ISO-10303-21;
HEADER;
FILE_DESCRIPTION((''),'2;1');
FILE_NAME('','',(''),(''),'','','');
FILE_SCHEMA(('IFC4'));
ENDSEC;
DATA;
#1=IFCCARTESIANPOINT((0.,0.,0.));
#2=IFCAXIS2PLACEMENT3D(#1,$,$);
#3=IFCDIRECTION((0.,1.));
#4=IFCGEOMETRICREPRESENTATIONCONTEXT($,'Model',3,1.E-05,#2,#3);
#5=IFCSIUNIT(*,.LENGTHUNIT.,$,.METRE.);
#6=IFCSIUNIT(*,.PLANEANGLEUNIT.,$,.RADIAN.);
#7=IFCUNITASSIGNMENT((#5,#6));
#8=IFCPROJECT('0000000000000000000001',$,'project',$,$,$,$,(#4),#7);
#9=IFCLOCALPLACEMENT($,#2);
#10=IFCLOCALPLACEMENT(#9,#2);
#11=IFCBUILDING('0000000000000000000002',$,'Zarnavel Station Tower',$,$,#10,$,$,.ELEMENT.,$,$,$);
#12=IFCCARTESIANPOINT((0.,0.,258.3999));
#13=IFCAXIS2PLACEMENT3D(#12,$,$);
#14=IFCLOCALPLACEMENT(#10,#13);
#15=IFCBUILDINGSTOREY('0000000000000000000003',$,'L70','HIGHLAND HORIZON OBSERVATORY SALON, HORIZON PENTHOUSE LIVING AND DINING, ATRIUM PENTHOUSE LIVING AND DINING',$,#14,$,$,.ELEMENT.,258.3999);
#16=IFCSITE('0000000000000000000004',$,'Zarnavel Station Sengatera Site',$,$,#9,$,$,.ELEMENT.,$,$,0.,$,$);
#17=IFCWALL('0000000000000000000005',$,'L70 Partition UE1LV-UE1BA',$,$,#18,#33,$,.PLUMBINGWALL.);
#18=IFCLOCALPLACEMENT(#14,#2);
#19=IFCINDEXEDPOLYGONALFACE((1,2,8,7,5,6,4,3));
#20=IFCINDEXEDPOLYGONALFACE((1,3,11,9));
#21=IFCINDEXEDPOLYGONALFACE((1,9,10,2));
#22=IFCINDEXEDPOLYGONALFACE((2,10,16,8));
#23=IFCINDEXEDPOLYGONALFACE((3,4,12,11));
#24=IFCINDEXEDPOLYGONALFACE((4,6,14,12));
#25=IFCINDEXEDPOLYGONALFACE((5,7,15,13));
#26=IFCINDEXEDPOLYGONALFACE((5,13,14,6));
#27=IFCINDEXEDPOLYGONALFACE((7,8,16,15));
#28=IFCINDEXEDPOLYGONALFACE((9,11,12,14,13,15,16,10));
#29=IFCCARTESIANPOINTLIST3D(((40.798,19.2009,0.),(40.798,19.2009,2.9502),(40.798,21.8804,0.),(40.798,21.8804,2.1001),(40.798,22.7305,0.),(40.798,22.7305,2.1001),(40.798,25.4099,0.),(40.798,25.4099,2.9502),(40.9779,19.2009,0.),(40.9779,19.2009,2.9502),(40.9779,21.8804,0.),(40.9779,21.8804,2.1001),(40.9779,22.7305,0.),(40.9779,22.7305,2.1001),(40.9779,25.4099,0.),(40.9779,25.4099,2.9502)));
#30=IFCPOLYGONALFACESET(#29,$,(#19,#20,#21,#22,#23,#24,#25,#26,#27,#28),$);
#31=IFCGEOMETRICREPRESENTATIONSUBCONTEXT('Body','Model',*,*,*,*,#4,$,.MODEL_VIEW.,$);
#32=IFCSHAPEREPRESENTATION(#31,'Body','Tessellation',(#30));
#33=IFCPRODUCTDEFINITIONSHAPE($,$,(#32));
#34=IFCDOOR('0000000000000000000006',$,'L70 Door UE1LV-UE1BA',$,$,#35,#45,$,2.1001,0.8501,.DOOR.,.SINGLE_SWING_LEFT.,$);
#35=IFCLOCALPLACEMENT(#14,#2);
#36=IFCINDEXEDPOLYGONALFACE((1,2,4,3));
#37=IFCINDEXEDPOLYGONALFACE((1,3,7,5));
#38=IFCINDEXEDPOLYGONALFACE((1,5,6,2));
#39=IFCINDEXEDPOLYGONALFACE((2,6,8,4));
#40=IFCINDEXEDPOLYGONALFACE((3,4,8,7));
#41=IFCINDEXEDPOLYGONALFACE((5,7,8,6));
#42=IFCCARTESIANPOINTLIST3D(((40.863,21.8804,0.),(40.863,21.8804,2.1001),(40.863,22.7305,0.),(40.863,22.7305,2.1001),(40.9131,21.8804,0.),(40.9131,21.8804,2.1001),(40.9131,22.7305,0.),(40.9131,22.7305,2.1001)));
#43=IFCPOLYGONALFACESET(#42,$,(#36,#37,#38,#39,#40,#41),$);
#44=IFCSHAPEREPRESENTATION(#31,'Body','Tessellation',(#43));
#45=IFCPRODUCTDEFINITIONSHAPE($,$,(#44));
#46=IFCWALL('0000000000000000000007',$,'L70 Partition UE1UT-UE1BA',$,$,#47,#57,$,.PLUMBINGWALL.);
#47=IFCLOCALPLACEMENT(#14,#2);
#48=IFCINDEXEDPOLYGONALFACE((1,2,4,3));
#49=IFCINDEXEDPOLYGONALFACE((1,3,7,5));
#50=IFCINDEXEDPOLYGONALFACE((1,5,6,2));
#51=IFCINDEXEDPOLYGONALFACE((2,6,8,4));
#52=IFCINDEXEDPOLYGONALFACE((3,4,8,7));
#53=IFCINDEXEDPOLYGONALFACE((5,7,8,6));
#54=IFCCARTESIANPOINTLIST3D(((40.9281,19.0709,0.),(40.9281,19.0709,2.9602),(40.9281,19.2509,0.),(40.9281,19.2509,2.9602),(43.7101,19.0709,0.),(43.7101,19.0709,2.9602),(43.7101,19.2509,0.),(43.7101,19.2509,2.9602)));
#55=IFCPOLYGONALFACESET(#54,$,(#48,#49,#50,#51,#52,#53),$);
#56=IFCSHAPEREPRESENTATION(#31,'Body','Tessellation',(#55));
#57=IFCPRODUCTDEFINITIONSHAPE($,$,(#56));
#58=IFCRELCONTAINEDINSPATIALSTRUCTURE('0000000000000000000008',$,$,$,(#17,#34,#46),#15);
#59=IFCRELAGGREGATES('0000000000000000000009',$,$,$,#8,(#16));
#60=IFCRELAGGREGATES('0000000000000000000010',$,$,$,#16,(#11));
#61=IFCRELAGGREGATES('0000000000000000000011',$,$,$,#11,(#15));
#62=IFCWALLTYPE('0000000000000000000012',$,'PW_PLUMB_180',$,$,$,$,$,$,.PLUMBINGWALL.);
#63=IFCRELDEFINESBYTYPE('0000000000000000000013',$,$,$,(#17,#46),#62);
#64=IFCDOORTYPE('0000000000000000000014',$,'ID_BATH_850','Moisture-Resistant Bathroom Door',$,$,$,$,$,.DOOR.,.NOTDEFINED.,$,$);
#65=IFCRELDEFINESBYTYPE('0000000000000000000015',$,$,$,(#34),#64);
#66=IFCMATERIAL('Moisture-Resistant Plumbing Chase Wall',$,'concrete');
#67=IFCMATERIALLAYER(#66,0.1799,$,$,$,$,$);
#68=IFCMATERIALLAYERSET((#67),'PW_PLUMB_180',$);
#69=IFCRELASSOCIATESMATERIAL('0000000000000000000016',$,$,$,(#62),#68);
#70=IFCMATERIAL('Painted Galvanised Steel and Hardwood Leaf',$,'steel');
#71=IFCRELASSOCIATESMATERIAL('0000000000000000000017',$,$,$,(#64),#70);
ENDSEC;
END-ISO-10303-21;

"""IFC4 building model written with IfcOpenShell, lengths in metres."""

from ifc_helpers import new_model, si_unit, direction, frame, frame_2d, origin, place, context, subcontext, project, spatial, rectangle, extrude, material, layer, layer_set, type_object, element, fill, save


model = new_model("IFC4")

# Units and contexts
model_context = context("Model", 3, precision=1e-05, world=origin(), true_north=direction((0.0, 1.0)))
body_context = subcontext(model_context, "Body", "Model", "MODEL_VIEW")
ifc_project = project(units=[si_unit("LENGTHUNIT", "METRE"), si_unit("PLANEANGLEUNIT", "RADIAN")], contexts=[model_context])

# Site, building, storey
site_placement = place(None, origin())
site = spatial("IfcSite", under=ifc_project, at=site_placement, Name="Zarnavel Station Sengatera Site", CompositionType="ELEMENT", RefElevation=0.0)
building_placement = place(site_placement, origin())
building = spatial("IfcBuilding", under=site, at=building_placement, Name="Zarnavel Station Tower", CompositionType="ELEMENT")
storey_placement = place(building_placement, frame((0.0, 0.0, 258.3999)))
storey = spatial("IfcBuildingStorey", under=building, at=storey_placement, Name="L70", Description="HIGHLAND HORIZON OBSERVATORY SALON, HORIZON PENTHOUSE LIVING AND DINING, ATRIUM PENTHOUSE LIVING AND DINING", CompositionType="ELEMENT", Elevation=258.3999)

# Shared definitions
ifc_material_1 = material(Name="Moisture-Resistant Plumbing Chase Wall", Category="concrete")
ifc_layer_1 = layer(ifc_material_1, 0.1799)
ifc_layer_set_1 = layer_set([ifc_layer_1], Name="PW_PLUMB_180")
wall_type_1 = type_object("IfcWallType", Name="PW_PLUMB_180", PredefinedType="PLUMBINGWALL", material=ifc_layer_set_1)

# Wall, opening, door
wall_1_placement = place(storey_placement, frame((40.8879, 19.2009, 0.0), z_axis=(0.0, 0.0, 1.0), x_axis=(0.0, 1.0, 0.0)))
wall_1 = element("IfcWall", 1, at=wall_1_placement, inside=storey, type_object=wall_type_1, Name="L70 Partition UE1LV-UE1BA", PredefinedType="PLUMBINGWALL", context=body_context, shape_type="SweptSolid", body=[
    extrude(rectangle(XDim=6.209, YDim=0.1799, at=frame_2d((3.1045, 0.0))), origin(), (0.0, 0.0, 1.0), 2.9502),
])
opening_1_placement = place(wall_1_placement, frame((2.6794, 0.0, 0.0)))
opening_1 = element("IfcOpeningElement", 2, at=opening_1_placement, cuts=wall_1, PredefinedType="OPENING", context=body_context, shape_type="SweptSolid", body=[
    extrude(rectangle(XDim=0.8501, YDim=2.1001, at=frame_2d((0.425, 1.05))), frame((0.0, 0.0999, 0.0), z_axis=(0.0, -1.0, 0.0), x_axis=(1.0, 0.0, 0.0)), (0.0, 0.0, 1.0), 0.2),
])
ifc_material_2 = material(Name="Painted Galvanised Steel and Hardwood Leaf", Category="steel")
door_type_1 = type_object("IfcDoorType", Name="ID_BATH_850", Description="Moisture-Resistant Bathroom Door", OperationType="NOTDEFINED", PredefinedType="DOOR", material=ifc_material_2)
door_1_placement = place(opening_1_placement, origin())
door_1 = element("IfcDoor", 3, at=door_1_placement, inside=storey, type_object=door_type_1, Name="L70 Door UE1LV-UE1BA", OperationType="SINGLE_SWING_LEFT", OverallHeight=2.1001, OverallWidth=0.8501, PredefinedType="DOOR", context=body_context, shape_type="SweptSolid", body=[
    extrude(rectangle(XDim=0.8501, YDim=2.1001, at=frame_2d((0.425, 1.05))), frame((0.0, 0.0249, 0.0), z_axis=(0.0, -1.0, 0.0), x_axis=(1.0, 0.0, 0.0)), (0.0, 0.0, 1.0), 0.05),
])
fill(opening_1, door_1)

# Wall
wall_2_placement = place(storey_placement, frame((40.928, 19.1609, 0.0), z_axis=(0.0, 0.0, 1.0), x_axis=(1.0, 0.0, 0.0)))
element("IfcWall", 4, at=wall_2_placement, inside=storey, type_object=wall_type_1, Name="L70 Partition UE1UT-UE1BA", PredefinedType="PLUMBINGWALL", context=body_context, shape_type="SweptSolid", body=[
    extrude(rectangle(XDim=2.782, YDim=0.1799, at=frame_2d((1.3911, 0.0))), origin(), (0.0, 0.0, 1.0), 2.9602),
])

save(model, "model.ifc")
